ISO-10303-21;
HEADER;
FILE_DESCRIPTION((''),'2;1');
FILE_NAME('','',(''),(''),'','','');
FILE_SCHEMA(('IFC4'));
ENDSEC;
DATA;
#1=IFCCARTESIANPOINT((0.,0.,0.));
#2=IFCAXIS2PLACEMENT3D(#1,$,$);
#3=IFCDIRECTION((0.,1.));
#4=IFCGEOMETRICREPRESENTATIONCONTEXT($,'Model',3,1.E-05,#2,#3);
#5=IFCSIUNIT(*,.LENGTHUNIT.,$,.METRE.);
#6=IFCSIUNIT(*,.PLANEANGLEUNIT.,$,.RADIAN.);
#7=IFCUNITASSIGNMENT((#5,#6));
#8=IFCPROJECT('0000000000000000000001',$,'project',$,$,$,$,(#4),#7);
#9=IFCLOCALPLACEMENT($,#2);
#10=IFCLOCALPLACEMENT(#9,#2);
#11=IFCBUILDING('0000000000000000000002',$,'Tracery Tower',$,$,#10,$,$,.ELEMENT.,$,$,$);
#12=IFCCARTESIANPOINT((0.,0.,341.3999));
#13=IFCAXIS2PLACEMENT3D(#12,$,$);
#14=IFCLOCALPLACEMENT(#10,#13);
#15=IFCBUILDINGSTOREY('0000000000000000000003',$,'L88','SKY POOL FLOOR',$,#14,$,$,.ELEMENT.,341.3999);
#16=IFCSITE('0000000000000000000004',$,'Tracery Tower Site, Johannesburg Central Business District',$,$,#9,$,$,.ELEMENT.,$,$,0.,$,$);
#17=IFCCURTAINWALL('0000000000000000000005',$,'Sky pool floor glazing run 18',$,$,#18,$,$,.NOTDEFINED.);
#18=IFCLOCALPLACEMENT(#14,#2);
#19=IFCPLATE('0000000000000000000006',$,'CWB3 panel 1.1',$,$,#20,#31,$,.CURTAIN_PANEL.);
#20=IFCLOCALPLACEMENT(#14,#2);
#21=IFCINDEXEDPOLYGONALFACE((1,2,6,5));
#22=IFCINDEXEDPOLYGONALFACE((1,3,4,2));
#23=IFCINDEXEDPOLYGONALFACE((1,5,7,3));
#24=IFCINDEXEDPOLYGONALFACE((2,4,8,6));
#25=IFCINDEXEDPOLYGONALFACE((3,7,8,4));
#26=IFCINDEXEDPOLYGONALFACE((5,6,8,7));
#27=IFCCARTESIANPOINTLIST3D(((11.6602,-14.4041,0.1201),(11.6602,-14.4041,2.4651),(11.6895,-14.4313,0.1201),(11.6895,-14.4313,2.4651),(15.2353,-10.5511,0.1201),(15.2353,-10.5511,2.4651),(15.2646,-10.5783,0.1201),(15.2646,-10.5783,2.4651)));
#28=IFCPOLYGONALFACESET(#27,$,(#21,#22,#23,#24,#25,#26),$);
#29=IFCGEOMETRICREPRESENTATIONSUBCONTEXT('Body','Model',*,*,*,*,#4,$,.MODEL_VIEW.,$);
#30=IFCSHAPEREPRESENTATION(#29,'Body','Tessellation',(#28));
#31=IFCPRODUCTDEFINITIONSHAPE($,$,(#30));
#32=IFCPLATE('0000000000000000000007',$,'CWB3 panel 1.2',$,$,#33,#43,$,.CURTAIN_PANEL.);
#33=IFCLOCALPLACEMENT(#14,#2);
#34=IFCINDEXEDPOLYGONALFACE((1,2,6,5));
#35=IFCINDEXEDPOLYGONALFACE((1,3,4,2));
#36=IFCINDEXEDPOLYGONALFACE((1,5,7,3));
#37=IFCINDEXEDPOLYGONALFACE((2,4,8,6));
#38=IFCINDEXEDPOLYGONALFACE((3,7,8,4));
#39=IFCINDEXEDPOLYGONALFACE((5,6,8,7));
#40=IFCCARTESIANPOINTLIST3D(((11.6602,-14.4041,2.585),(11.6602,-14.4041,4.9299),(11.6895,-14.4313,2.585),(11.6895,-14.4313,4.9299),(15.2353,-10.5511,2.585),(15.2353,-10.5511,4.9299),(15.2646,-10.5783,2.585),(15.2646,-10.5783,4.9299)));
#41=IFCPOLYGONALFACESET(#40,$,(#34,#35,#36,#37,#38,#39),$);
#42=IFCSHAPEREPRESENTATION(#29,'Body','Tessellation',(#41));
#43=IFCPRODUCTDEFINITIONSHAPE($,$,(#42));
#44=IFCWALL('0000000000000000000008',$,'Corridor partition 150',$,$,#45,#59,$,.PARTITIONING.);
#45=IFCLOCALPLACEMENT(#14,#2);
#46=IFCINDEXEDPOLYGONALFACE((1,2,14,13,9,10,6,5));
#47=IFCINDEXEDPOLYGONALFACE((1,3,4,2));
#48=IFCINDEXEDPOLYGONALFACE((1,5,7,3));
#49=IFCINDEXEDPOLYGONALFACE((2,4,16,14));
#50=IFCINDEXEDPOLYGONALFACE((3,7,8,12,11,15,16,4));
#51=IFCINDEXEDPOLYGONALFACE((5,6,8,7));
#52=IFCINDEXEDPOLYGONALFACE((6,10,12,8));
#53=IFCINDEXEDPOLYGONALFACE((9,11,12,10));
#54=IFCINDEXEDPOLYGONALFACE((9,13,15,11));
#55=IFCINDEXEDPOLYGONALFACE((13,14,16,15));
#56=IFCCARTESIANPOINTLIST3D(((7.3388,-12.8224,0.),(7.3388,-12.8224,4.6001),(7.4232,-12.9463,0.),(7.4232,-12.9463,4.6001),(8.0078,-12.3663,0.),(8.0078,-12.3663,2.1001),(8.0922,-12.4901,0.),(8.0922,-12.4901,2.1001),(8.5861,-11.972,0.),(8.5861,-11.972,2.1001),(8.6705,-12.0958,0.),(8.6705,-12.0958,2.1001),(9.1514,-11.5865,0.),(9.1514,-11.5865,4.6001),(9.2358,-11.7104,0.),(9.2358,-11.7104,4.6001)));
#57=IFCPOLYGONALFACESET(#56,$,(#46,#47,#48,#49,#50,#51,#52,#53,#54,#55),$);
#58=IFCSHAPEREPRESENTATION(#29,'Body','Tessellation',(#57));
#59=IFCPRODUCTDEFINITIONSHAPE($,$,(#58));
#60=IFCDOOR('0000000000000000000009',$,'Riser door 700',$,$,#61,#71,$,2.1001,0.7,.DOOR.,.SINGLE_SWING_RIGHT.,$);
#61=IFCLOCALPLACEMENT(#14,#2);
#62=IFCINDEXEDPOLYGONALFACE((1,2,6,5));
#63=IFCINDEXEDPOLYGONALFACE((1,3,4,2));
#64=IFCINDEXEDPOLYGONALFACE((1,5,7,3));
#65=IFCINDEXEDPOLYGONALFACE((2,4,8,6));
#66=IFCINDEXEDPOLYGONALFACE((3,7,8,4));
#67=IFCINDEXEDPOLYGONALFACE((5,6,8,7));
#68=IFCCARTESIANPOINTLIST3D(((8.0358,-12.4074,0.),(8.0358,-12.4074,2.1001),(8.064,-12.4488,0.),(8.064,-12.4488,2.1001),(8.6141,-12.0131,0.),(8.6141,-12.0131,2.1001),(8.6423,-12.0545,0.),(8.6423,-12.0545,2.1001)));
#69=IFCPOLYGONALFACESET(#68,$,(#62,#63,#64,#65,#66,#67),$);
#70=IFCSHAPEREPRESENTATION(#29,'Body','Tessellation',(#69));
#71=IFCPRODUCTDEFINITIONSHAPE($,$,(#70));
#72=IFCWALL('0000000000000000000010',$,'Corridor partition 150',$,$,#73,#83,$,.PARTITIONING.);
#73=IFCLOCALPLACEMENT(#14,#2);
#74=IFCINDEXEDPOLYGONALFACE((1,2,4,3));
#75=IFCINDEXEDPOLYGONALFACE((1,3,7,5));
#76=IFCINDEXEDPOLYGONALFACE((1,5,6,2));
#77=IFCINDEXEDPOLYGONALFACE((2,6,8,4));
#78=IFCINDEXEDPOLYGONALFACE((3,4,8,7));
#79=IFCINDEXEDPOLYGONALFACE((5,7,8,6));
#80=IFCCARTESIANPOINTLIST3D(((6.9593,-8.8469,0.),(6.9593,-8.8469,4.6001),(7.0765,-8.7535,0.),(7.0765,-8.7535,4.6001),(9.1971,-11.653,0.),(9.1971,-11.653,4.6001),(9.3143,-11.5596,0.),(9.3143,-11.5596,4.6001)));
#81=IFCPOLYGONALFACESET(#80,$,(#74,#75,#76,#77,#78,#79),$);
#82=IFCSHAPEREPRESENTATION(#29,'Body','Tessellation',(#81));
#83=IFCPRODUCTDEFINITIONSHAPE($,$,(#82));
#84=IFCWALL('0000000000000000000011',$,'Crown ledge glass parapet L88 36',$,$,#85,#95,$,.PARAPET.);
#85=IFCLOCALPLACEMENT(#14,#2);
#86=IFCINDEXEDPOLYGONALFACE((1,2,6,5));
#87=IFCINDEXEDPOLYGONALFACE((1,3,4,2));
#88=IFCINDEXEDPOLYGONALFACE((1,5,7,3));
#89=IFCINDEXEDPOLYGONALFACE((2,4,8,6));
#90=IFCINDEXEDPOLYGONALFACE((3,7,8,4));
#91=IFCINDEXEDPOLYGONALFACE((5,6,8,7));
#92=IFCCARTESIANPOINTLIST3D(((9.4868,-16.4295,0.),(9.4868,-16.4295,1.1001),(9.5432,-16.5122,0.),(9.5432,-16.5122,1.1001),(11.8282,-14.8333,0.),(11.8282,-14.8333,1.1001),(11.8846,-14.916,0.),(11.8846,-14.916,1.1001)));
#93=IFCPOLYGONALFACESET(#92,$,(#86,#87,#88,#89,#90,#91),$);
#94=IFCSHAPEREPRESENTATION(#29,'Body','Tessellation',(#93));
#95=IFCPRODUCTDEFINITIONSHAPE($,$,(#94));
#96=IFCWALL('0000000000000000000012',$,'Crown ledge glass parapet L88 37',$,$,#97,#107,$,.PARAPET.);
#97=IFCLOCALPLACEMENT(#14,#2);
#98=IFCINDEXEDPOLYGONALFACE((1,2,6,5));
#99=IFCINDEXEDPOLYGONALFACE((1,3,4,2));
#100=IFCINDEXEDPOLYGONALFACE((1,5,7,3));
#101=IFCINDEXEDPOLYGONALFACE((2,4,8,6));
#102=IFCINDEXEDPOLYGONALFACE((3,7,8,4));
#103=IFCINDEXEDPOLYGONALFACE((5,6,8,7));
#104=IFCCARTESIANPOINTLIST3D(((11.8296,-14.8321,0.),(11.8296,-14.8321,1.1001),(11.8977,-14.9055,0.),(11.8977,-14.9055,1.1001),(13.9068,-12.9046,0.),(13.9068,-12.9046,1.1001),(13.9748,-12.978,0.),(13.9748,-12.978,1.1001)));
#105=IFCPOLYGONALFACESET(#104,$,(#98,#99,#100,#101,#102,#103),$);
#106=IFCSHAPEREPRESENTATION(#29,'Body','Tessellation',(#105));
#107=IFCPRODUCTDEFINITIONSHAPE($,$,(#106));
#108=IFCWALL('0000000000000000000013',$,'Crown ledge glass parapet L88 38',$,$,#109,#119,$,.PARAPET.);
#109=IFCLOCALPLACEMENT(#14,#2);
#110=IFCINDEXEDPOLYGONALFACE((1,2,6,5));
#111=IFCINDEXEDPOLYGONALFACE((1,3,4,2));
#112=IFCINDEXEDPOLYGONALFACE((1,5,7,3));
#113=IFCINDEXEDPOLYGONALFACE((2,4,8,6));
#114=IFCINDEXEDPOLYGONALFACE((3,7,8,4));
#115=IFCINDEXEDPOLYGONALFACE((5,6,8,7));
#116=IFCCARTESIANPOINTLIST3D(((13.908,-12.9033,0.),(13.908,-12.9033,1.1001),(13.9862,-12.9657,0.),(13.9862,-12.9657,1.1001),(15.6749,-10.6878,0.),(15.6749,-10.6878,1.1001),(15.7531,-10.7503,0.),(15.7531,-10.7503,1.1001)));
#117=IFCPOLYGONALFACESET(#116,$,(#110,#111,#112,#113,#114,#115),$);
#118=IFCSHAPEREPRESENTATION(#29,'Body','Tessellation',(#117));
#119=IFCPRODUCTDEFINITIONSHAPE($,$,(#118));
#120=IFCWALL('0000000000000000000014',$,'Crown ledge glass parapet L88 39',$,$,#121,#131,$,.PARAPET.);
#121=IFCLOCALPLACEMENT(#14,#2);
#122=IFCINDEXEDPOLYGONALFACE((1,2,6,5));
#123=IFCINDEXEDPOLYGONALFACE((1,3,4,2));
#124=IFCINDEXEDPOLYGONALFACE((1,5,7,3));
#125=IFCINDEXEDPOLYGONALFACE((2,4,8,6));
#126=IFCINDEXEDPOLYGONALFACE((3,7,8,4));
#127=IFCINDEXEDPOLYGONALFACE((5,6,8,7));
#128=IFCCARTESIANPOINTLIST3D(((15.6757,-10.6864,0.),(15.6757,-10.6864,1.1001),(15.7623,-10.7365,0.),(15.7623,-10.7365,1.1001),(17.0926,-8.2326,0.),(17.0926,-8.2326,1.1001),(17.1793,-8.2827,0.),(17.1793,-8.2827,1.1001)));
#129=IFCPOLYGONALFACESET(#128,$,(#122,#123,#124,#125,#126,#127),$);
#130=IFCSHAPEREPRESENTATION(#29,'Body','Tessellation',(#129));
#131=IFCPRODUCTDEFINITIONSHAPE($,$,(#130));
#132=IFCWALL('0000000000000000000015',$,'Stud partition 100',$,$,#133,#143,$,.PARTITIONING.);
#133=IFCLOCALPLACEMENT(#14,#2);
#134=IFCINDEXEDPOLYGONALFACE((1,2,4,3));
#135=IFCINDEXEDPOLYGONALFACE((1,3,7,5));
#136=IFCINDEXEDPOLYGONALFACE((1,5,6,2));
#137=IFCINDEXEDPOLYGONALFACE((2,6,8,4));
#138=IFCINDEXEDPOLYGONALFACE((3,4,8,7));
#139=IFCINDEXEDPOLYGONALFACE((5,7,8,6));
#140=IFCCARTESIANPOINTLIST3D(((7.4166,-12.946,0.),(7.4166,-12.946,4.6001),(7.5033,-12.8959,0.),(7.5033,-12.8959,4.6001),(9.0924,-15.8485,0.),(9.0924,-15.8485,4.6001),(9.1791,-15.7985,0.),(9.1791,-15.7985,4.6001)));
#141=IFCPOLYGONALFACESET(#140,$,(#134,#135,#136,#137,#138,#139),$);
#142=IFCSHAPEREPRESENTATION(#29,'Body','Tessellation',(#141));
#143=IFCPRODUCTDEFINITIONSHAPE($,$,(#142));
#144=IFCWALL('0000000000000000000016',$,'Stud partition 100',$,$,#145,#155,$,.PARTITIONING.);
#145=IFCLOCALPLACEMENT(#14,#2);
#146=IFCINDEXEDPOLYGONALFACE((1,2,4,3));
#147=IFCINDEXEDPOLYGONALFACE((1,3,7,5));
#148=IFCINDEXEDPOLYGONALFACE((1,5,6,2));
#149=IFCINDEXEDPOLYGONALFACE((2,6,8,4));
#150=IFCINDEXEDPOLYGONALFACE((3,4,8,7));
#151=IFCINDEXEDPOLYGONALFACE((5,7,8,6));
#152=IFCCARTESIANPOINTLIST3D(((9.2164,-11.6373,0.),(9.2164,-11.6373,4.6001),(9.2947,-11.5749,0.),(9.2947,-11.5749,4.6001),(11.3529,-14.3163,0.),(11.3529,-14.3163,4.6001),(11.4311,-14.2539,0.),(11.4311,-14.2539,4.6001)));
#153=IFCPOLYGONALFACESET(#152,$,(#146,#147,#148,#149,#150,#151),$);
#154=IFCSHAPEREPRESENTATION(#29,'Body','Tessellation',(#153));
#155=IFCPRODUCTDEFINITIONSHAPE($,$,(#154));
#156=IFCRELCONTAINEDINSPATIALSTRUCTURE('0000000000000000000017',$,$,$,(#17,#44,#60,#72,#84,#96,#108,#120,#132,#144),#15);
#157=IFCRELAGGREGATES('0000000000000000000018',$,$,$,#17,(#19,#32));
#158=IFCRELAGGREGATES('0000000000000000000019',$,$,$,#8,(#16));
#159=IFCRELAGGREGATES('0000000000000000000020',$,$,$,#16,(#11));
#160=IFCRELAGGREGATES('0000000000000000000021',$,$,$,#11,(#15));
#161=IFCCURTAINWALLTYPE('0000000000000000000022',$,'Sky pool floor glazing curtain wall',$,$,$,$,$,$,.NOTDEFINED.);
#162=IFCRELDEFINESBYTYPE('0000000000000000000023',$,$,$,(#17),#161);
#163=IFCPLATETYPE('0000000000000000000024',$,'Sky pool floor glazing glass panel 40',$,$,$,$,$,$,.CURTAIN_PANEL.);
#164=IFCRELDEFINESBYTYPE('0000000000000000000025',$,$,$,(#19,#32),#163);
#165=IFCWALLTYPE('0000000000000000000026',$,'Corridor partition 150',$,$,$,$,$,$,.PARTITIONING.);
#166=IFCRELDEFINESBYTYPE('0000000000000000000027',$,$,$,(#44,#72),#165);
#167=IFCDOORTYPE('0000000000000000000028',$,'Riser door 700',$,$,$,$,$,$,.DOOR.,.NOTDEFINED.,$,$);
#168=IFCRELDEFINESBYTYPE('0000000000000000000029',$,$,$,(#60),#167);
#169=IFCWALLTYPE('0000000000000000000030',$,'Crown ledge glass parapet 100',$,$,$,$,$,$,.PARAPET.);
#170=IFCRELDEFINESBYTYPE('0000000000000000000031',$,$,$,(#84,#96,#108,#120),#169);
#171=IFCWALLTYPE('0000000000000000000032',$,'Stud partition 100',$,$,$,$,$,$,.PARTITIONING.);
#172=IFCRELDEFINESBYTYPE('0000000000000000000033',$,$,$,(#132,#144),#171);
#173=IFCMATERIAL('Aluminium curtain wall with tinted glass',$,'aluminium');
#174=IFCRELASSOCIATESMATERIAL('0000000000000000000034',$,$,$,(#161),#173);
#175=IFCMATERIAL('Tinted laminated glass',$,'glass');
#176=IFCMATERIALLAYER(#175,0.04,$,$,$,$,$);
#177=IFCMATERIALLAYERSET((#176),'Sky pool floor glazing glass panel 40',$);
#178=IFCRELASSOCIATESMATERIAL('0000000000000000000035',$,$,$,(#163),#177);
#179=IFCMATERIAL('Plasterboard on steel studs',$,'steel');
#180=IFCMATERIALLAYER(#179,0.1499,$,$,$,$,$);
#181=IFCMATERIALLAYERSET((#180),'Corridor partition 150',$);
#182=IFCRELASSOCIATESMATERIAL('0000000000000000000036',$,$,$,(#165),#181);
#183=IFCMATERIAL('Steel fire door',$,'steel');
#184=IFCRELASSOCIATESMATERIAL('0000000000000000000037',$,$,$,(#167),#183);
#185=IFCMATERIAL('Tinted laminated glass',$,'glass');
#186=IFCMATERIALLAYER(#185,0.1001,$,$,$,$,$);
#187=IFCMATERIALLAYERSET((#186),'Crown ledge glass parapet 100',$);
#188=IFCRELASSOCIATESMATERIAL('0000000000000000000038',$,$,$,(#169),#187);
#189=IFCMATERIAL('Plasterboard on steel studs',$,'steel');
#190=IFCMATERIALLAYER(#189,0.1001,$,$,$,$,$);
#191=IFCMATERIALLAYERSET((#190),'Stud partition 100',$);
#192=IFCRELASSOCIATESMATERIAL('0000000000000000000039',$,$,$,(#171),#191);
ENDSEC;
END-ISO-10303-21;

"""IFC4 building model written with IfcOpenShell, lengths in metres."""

from ifc_helpers import new_model, si_unit, direction, frame, frame_2d, origin, origin_2d, place, context, subcontext, project, spatial, rectangle, extrude, material, layer, layer_set, type_object, element, fill, aggregate, save


model = new_model("IFC4")

# Units and contexts
model_context = context("Model", 3, precision=1e-05, world=origin(), true_north=direction((0.0, 1.0)))
body_context = subcontext(model_context, "Body", "Model", "MODEL_VIEW")
ifc_project = project(units=[si_unit("LENGTHUNIT", "METRE"), si_unit("PLANEANGLEUNIT", "RADIAN")], contexts=[model_context])

# Site, building, storey
site_placement = place(None, origin())
site = spatial("IfcSite", under=ifc_project, at=site_placement, Name="Tracery Tower Site, Johannesburg Central Business District", CompositionType="ELEMENT", RefElevation=0.0)
building_placement = place(site_placement, origin())
building = spatial("IfcBuilding", under=site, at=building_placement, Name="Tracery Tower", CompositionType="ELEMENT")
storey_placement = place(building_placement, frame((0.0, 0.0, 341.3999)))
storey = spatial("IfcBuildingStorey", under=building, at=storey_placement, Name="L88", Description="SKY POOL FLOOR", CompositionType="ELEMENT", Elevation=341.3999)

# Shared definitions
ifc_material_1 = material(Name="Aluminium curtain wall with tinted glass", Category="aluminium")
curtain_wall_type = type_object("IfcCurtainWallType", Name="Sky pool floor glazing curtain wall", PredefinedType="NOTDEFINED", material=ifc_material_1)

# Curtain wall
curtain_wall_1_placement = place(storey_placement, origin())
curtain_wall_1 = element("IfcCurtainWall", 1, at=curtain_wall_1_placement, inside=storey, type_object=curtain_wall_type, Name="Sky pool floor glazing run 18", PredefinedType="NOTDEFINED")

# Plates
ifc_material_2 = material(Name="Tinted laminated glass", Category="glass")
ifc_layer_1 = layer(ifc_material_2, 0.04)
ifc_layer_set_1 = layer_set([ifc_layer_1], Name="Sky pool floor glazing glass panel 40")
plate_type = type_object("IfcPlateType", Name="Sky pool floor glazing glass panel 40", PredefinedType="CURTAIN_PANEL", material=ifc_layer_set_1)
plate_1_placement = place(storey_placement, frame((13.4624, -12.4912, 0.1201), z_axis=(0.0, 0.0, 1.0), x_axis=(0.680174, 0.733051, 0.0)))
plate_1 = element("IfcPlate", 2, at=plate_1_placement, type_object=plate_type, Name="CWB3 panel 1.1", PredefinedType="CURTAIN_PANEL", context=body_context, shape_type="SweptSolid", body=[
    extrude(rectangle(XDim=5.2561, YDim=0.04, at=origin_2d()), origin(), (0.0, 0.0, 1.0), 2.345),
])
plate_2_placement = place(storey_placement, frame((13.4624, -12.4912, 2.585), z_axis=(0.0, 0.0, 1.0), x_axis=(0.680174, 0.733051, 0.0)))
plate_2 = element("IfcPlate", 3, at=plate_2_placement, type_object=plate_type, Name="CWB3 panel 1.2", PredefinedType="CURTAIN_PANEL", context=body_context, shape_type="SweptSolid", body=[
    extrude(rectangle(XDim=5.2561, YDim=0.04, at=origin_2d()), origin(), (0.0, 0.0, 1.0), 2.345),
])
aggregate(curtain_wall_1, [plate_1, plate_2])

# Wall, opening, door
ifc_material_3 = material(Name="Plasterboard on steel studs", Category="steel")
ifc_layer_2 = layer(ifc_material_3, 0.1499)
ifc_layer_set_2 = layer_set([ifc_layer_2], Name="Corridor partition 150")
wall_type_1 = type_object("IfcWallType", Name="Corridor partition 150", PredefinedType="PARTITIONING", material=ifc_layer_set_2)
wall_1_placement = place(storey_placement, frame((9.1936, -11.6484, 0.0), z_axis=(0.0, 0.0, 1.0), x_axis=(-0.826218, -0.563351, 0.0)))
wall_1 = element("IfcWall", 4, at=wall_1_placement, inside=storey, type_object=wall_type_1, Name="Corridor partition 150", PredefinedType="PARTITIONING", context=body_context, shape_type="SweptSolid", body=[
    extrude(rectangle(XDim=2.1938, YDim=0.1499, at=frame_2d((1.0969, 0.0))), origin(), (0.0, 0.0, 1.0), 4.6001),
])
opening_placement = place(wall_1_placement, frame((0.6841, 0.0, 0.0)))
opening = element("IfcOpeningElement", 5, at=opening_placement, cuts=wall_1, PredefinedType="OPENING", context=body_context, shape_type="SweptSolid", body=[
    extrude(rectangle(XDim=0.7, YDim=2.1001, at=frame_2d((0.3501, 1.05))), frame((0.0, 0.075, 0.0), z_axis=(0.0, -1.0, 0.0), x_axis=(1.0, 0.0, 0.0)), (0.0, 0.0, 1.0), 0.1499),
])
ifc_material_4 = material(Name="Steel fire door", Category="steel")
door_type = type_object("IfcDoorType", Name="Riser door 700", OperationType="NOTDEFINED", PredefinedType="DOOR", material=ifc_material_4)
door_placement = place(opening_placement, origin())
door = element("IfcDoor", 6, at=door_placement, inside=storey, type_object=door_type, Name="Riser door 700", OperationType="SINGLE_SWING_RIGHT", OverallHeight=2.1001, OverallWidth=0.7, PredefinedType="DOOR", context=body_context, shape_type="SweptSolid", body=[
    extrude(rectangle(XDim=0.7, YDim=2.1001, at=frame_2d((0.3501, 1.05))), frame((0.0, 0.0249, 0.0), z_axis=(0.0, -1.0, 0.0), x_axis=(1.0, 0.0, 0.0)), (0.0, 0.0, 1.0), 0.05),
])
fill(opening, door)

# Walls
wall_2_placement = place(storey_placement, frame((9.2556, -11.6062, 0.0), z_axis=(0.0, 0.0, 1.0), x_axis=(-0.623483, 0.781837, 0.0)))
element("IfcWall", 7, at=wall_2_placement, inside=storey, type_object=wall_type_1, Name="Corridor partition 150", PredefinedType="PARTITIONING", context=body_context, shape_type="SweptSolid", body=[
    extrude(rectangle(XDim=3.5891, YDim=0.1499, at=frame_2d((1.7944, 0.0))), origin(), (0.0, 0.0, 1.0), 4.6001),
])
ifc_material_5 = material(Name="Tinted laminated glass", Category="glass")
ifc_layer_3 = layer(ifc_material_5, 0.1001)
ifc_layer_set_3 = layer_set([ifc_layer_3], Name="Crown ledge glass parapet 100")
wall_type_2 = type_object("IfcWallType", Name="Crown ledge glass parapet 100", PredefinedType="PARAPET", material=ifc_layer_set_3)
for number, where, z_axis, x_axis, name in (
    (8, (9.5149, -16.4709, 0.0), (0.0, 0.0, 1.0), (0.826253, 0.563299, 0.0), "Crown ledge glass parapet L88 36"),
    (9, (11.8635, -14.8689, 0.0), (0.0, 0.0, 1.0), (0.733021, 0.680207, 0.0), "Crown ledge glass parapet L88 37"),
    (10, (13.947, -12.9346, 0.0), (0.0, 0.0, 1.0), (0.623528, 0.781801, 0.0), "Crown ledge glass parapet L88 38"),
):
    element("IfcWall", number, at=place(storey_placement, frame(where, z_axis=z_axis, x_axis=x_axis)), inside=storey, type_object=wall_type_2, Name=name, PredefinedType="PARAPET", context=body_context, shape_type="SweptSolid", body=[
        extrude(rectangle(XDim=2.8337, YDim=0.1001, at=frame_2d((1.417, 0.0))), origin(), (0.0, 0.0, 1.0), 1.1001),
    ])
wall_3_placement = place(storey_placement, frame((15.719, -10.7114, 0.0), z_axis=(0.0, 0.0, 1.0), x_axis=(0.500068, 0.865986, 0.0)))
element("IfcWall", 11, at=wall_3_placement, inside=storey, type_object=wall_type_2, Name="Crown ledge glass parapet L88 39", PredefinedType="PARAPET", context=body_context, shape_type="SweptSolid", body=[
    extrude(rectangle(XDim=2.8335, YDim=0.1001, at=frame_2d((1.4167, 0.0))), origin(), (0.0, 0.0, 1.0), 1.1001),
])
ifc_material_6 = material(Name="Plasterboard on steel studs", Category="steel")
ifc_layer_4 = layer(ifc_material_6, 0.1001)
ifc_layer_set_4 = layer_set([ifc_layer_4], Name="Stud partition 100")
wall_type_3 = type_object("IfcWallType", Name="Stud partition 100", PredefinedType="PARTITIONING", material=ifc_layer_set_4)
wall_4_placement = place(storey_placement, frame((9.1357, -15.8235, 0.0), z_axis=(0.0, 0.0, 1.0), x_axis=(-0.499994, 0.866029, 0.0)))
element("IfcWall", 12, at=wall_4_placement, inside=storey, type_object=wall_type_3, Name="Stud partition 100", PredefinedType="PARTITIONING", context=body_context, shape_type="SweptSolid", body=[
    extrude(rectangle(XDim=3.3516, YDim=0.1001, at=frame_2d((1.6758, 0.0))), origin(), (0.0, 0.0, 1.0), 4.6001),
])
wall_5_placement = place(storey_placement, frame((11.3921, -14.2852, 0.0), z_axis=(0.0, 0.0, 1.0), x_axis=(-0.623504, 0.78182, 0.0)))
element("IfcWall", 13, at=wall_5_placement, inside=storey, type_object=wall_type_3, Name="Stud partition 100", PredefinedType="PARTITIONING", context=body_context, shape_type="SweptSolid", body=[
    extrude(rectangle(XDim=3.4265, YDim=0.1001, at=frame_2d((1.7134, 0.0))), origin(), (0.0, 0.0, 1.0), 4.6001),
])

save(model, "model.ifc")
